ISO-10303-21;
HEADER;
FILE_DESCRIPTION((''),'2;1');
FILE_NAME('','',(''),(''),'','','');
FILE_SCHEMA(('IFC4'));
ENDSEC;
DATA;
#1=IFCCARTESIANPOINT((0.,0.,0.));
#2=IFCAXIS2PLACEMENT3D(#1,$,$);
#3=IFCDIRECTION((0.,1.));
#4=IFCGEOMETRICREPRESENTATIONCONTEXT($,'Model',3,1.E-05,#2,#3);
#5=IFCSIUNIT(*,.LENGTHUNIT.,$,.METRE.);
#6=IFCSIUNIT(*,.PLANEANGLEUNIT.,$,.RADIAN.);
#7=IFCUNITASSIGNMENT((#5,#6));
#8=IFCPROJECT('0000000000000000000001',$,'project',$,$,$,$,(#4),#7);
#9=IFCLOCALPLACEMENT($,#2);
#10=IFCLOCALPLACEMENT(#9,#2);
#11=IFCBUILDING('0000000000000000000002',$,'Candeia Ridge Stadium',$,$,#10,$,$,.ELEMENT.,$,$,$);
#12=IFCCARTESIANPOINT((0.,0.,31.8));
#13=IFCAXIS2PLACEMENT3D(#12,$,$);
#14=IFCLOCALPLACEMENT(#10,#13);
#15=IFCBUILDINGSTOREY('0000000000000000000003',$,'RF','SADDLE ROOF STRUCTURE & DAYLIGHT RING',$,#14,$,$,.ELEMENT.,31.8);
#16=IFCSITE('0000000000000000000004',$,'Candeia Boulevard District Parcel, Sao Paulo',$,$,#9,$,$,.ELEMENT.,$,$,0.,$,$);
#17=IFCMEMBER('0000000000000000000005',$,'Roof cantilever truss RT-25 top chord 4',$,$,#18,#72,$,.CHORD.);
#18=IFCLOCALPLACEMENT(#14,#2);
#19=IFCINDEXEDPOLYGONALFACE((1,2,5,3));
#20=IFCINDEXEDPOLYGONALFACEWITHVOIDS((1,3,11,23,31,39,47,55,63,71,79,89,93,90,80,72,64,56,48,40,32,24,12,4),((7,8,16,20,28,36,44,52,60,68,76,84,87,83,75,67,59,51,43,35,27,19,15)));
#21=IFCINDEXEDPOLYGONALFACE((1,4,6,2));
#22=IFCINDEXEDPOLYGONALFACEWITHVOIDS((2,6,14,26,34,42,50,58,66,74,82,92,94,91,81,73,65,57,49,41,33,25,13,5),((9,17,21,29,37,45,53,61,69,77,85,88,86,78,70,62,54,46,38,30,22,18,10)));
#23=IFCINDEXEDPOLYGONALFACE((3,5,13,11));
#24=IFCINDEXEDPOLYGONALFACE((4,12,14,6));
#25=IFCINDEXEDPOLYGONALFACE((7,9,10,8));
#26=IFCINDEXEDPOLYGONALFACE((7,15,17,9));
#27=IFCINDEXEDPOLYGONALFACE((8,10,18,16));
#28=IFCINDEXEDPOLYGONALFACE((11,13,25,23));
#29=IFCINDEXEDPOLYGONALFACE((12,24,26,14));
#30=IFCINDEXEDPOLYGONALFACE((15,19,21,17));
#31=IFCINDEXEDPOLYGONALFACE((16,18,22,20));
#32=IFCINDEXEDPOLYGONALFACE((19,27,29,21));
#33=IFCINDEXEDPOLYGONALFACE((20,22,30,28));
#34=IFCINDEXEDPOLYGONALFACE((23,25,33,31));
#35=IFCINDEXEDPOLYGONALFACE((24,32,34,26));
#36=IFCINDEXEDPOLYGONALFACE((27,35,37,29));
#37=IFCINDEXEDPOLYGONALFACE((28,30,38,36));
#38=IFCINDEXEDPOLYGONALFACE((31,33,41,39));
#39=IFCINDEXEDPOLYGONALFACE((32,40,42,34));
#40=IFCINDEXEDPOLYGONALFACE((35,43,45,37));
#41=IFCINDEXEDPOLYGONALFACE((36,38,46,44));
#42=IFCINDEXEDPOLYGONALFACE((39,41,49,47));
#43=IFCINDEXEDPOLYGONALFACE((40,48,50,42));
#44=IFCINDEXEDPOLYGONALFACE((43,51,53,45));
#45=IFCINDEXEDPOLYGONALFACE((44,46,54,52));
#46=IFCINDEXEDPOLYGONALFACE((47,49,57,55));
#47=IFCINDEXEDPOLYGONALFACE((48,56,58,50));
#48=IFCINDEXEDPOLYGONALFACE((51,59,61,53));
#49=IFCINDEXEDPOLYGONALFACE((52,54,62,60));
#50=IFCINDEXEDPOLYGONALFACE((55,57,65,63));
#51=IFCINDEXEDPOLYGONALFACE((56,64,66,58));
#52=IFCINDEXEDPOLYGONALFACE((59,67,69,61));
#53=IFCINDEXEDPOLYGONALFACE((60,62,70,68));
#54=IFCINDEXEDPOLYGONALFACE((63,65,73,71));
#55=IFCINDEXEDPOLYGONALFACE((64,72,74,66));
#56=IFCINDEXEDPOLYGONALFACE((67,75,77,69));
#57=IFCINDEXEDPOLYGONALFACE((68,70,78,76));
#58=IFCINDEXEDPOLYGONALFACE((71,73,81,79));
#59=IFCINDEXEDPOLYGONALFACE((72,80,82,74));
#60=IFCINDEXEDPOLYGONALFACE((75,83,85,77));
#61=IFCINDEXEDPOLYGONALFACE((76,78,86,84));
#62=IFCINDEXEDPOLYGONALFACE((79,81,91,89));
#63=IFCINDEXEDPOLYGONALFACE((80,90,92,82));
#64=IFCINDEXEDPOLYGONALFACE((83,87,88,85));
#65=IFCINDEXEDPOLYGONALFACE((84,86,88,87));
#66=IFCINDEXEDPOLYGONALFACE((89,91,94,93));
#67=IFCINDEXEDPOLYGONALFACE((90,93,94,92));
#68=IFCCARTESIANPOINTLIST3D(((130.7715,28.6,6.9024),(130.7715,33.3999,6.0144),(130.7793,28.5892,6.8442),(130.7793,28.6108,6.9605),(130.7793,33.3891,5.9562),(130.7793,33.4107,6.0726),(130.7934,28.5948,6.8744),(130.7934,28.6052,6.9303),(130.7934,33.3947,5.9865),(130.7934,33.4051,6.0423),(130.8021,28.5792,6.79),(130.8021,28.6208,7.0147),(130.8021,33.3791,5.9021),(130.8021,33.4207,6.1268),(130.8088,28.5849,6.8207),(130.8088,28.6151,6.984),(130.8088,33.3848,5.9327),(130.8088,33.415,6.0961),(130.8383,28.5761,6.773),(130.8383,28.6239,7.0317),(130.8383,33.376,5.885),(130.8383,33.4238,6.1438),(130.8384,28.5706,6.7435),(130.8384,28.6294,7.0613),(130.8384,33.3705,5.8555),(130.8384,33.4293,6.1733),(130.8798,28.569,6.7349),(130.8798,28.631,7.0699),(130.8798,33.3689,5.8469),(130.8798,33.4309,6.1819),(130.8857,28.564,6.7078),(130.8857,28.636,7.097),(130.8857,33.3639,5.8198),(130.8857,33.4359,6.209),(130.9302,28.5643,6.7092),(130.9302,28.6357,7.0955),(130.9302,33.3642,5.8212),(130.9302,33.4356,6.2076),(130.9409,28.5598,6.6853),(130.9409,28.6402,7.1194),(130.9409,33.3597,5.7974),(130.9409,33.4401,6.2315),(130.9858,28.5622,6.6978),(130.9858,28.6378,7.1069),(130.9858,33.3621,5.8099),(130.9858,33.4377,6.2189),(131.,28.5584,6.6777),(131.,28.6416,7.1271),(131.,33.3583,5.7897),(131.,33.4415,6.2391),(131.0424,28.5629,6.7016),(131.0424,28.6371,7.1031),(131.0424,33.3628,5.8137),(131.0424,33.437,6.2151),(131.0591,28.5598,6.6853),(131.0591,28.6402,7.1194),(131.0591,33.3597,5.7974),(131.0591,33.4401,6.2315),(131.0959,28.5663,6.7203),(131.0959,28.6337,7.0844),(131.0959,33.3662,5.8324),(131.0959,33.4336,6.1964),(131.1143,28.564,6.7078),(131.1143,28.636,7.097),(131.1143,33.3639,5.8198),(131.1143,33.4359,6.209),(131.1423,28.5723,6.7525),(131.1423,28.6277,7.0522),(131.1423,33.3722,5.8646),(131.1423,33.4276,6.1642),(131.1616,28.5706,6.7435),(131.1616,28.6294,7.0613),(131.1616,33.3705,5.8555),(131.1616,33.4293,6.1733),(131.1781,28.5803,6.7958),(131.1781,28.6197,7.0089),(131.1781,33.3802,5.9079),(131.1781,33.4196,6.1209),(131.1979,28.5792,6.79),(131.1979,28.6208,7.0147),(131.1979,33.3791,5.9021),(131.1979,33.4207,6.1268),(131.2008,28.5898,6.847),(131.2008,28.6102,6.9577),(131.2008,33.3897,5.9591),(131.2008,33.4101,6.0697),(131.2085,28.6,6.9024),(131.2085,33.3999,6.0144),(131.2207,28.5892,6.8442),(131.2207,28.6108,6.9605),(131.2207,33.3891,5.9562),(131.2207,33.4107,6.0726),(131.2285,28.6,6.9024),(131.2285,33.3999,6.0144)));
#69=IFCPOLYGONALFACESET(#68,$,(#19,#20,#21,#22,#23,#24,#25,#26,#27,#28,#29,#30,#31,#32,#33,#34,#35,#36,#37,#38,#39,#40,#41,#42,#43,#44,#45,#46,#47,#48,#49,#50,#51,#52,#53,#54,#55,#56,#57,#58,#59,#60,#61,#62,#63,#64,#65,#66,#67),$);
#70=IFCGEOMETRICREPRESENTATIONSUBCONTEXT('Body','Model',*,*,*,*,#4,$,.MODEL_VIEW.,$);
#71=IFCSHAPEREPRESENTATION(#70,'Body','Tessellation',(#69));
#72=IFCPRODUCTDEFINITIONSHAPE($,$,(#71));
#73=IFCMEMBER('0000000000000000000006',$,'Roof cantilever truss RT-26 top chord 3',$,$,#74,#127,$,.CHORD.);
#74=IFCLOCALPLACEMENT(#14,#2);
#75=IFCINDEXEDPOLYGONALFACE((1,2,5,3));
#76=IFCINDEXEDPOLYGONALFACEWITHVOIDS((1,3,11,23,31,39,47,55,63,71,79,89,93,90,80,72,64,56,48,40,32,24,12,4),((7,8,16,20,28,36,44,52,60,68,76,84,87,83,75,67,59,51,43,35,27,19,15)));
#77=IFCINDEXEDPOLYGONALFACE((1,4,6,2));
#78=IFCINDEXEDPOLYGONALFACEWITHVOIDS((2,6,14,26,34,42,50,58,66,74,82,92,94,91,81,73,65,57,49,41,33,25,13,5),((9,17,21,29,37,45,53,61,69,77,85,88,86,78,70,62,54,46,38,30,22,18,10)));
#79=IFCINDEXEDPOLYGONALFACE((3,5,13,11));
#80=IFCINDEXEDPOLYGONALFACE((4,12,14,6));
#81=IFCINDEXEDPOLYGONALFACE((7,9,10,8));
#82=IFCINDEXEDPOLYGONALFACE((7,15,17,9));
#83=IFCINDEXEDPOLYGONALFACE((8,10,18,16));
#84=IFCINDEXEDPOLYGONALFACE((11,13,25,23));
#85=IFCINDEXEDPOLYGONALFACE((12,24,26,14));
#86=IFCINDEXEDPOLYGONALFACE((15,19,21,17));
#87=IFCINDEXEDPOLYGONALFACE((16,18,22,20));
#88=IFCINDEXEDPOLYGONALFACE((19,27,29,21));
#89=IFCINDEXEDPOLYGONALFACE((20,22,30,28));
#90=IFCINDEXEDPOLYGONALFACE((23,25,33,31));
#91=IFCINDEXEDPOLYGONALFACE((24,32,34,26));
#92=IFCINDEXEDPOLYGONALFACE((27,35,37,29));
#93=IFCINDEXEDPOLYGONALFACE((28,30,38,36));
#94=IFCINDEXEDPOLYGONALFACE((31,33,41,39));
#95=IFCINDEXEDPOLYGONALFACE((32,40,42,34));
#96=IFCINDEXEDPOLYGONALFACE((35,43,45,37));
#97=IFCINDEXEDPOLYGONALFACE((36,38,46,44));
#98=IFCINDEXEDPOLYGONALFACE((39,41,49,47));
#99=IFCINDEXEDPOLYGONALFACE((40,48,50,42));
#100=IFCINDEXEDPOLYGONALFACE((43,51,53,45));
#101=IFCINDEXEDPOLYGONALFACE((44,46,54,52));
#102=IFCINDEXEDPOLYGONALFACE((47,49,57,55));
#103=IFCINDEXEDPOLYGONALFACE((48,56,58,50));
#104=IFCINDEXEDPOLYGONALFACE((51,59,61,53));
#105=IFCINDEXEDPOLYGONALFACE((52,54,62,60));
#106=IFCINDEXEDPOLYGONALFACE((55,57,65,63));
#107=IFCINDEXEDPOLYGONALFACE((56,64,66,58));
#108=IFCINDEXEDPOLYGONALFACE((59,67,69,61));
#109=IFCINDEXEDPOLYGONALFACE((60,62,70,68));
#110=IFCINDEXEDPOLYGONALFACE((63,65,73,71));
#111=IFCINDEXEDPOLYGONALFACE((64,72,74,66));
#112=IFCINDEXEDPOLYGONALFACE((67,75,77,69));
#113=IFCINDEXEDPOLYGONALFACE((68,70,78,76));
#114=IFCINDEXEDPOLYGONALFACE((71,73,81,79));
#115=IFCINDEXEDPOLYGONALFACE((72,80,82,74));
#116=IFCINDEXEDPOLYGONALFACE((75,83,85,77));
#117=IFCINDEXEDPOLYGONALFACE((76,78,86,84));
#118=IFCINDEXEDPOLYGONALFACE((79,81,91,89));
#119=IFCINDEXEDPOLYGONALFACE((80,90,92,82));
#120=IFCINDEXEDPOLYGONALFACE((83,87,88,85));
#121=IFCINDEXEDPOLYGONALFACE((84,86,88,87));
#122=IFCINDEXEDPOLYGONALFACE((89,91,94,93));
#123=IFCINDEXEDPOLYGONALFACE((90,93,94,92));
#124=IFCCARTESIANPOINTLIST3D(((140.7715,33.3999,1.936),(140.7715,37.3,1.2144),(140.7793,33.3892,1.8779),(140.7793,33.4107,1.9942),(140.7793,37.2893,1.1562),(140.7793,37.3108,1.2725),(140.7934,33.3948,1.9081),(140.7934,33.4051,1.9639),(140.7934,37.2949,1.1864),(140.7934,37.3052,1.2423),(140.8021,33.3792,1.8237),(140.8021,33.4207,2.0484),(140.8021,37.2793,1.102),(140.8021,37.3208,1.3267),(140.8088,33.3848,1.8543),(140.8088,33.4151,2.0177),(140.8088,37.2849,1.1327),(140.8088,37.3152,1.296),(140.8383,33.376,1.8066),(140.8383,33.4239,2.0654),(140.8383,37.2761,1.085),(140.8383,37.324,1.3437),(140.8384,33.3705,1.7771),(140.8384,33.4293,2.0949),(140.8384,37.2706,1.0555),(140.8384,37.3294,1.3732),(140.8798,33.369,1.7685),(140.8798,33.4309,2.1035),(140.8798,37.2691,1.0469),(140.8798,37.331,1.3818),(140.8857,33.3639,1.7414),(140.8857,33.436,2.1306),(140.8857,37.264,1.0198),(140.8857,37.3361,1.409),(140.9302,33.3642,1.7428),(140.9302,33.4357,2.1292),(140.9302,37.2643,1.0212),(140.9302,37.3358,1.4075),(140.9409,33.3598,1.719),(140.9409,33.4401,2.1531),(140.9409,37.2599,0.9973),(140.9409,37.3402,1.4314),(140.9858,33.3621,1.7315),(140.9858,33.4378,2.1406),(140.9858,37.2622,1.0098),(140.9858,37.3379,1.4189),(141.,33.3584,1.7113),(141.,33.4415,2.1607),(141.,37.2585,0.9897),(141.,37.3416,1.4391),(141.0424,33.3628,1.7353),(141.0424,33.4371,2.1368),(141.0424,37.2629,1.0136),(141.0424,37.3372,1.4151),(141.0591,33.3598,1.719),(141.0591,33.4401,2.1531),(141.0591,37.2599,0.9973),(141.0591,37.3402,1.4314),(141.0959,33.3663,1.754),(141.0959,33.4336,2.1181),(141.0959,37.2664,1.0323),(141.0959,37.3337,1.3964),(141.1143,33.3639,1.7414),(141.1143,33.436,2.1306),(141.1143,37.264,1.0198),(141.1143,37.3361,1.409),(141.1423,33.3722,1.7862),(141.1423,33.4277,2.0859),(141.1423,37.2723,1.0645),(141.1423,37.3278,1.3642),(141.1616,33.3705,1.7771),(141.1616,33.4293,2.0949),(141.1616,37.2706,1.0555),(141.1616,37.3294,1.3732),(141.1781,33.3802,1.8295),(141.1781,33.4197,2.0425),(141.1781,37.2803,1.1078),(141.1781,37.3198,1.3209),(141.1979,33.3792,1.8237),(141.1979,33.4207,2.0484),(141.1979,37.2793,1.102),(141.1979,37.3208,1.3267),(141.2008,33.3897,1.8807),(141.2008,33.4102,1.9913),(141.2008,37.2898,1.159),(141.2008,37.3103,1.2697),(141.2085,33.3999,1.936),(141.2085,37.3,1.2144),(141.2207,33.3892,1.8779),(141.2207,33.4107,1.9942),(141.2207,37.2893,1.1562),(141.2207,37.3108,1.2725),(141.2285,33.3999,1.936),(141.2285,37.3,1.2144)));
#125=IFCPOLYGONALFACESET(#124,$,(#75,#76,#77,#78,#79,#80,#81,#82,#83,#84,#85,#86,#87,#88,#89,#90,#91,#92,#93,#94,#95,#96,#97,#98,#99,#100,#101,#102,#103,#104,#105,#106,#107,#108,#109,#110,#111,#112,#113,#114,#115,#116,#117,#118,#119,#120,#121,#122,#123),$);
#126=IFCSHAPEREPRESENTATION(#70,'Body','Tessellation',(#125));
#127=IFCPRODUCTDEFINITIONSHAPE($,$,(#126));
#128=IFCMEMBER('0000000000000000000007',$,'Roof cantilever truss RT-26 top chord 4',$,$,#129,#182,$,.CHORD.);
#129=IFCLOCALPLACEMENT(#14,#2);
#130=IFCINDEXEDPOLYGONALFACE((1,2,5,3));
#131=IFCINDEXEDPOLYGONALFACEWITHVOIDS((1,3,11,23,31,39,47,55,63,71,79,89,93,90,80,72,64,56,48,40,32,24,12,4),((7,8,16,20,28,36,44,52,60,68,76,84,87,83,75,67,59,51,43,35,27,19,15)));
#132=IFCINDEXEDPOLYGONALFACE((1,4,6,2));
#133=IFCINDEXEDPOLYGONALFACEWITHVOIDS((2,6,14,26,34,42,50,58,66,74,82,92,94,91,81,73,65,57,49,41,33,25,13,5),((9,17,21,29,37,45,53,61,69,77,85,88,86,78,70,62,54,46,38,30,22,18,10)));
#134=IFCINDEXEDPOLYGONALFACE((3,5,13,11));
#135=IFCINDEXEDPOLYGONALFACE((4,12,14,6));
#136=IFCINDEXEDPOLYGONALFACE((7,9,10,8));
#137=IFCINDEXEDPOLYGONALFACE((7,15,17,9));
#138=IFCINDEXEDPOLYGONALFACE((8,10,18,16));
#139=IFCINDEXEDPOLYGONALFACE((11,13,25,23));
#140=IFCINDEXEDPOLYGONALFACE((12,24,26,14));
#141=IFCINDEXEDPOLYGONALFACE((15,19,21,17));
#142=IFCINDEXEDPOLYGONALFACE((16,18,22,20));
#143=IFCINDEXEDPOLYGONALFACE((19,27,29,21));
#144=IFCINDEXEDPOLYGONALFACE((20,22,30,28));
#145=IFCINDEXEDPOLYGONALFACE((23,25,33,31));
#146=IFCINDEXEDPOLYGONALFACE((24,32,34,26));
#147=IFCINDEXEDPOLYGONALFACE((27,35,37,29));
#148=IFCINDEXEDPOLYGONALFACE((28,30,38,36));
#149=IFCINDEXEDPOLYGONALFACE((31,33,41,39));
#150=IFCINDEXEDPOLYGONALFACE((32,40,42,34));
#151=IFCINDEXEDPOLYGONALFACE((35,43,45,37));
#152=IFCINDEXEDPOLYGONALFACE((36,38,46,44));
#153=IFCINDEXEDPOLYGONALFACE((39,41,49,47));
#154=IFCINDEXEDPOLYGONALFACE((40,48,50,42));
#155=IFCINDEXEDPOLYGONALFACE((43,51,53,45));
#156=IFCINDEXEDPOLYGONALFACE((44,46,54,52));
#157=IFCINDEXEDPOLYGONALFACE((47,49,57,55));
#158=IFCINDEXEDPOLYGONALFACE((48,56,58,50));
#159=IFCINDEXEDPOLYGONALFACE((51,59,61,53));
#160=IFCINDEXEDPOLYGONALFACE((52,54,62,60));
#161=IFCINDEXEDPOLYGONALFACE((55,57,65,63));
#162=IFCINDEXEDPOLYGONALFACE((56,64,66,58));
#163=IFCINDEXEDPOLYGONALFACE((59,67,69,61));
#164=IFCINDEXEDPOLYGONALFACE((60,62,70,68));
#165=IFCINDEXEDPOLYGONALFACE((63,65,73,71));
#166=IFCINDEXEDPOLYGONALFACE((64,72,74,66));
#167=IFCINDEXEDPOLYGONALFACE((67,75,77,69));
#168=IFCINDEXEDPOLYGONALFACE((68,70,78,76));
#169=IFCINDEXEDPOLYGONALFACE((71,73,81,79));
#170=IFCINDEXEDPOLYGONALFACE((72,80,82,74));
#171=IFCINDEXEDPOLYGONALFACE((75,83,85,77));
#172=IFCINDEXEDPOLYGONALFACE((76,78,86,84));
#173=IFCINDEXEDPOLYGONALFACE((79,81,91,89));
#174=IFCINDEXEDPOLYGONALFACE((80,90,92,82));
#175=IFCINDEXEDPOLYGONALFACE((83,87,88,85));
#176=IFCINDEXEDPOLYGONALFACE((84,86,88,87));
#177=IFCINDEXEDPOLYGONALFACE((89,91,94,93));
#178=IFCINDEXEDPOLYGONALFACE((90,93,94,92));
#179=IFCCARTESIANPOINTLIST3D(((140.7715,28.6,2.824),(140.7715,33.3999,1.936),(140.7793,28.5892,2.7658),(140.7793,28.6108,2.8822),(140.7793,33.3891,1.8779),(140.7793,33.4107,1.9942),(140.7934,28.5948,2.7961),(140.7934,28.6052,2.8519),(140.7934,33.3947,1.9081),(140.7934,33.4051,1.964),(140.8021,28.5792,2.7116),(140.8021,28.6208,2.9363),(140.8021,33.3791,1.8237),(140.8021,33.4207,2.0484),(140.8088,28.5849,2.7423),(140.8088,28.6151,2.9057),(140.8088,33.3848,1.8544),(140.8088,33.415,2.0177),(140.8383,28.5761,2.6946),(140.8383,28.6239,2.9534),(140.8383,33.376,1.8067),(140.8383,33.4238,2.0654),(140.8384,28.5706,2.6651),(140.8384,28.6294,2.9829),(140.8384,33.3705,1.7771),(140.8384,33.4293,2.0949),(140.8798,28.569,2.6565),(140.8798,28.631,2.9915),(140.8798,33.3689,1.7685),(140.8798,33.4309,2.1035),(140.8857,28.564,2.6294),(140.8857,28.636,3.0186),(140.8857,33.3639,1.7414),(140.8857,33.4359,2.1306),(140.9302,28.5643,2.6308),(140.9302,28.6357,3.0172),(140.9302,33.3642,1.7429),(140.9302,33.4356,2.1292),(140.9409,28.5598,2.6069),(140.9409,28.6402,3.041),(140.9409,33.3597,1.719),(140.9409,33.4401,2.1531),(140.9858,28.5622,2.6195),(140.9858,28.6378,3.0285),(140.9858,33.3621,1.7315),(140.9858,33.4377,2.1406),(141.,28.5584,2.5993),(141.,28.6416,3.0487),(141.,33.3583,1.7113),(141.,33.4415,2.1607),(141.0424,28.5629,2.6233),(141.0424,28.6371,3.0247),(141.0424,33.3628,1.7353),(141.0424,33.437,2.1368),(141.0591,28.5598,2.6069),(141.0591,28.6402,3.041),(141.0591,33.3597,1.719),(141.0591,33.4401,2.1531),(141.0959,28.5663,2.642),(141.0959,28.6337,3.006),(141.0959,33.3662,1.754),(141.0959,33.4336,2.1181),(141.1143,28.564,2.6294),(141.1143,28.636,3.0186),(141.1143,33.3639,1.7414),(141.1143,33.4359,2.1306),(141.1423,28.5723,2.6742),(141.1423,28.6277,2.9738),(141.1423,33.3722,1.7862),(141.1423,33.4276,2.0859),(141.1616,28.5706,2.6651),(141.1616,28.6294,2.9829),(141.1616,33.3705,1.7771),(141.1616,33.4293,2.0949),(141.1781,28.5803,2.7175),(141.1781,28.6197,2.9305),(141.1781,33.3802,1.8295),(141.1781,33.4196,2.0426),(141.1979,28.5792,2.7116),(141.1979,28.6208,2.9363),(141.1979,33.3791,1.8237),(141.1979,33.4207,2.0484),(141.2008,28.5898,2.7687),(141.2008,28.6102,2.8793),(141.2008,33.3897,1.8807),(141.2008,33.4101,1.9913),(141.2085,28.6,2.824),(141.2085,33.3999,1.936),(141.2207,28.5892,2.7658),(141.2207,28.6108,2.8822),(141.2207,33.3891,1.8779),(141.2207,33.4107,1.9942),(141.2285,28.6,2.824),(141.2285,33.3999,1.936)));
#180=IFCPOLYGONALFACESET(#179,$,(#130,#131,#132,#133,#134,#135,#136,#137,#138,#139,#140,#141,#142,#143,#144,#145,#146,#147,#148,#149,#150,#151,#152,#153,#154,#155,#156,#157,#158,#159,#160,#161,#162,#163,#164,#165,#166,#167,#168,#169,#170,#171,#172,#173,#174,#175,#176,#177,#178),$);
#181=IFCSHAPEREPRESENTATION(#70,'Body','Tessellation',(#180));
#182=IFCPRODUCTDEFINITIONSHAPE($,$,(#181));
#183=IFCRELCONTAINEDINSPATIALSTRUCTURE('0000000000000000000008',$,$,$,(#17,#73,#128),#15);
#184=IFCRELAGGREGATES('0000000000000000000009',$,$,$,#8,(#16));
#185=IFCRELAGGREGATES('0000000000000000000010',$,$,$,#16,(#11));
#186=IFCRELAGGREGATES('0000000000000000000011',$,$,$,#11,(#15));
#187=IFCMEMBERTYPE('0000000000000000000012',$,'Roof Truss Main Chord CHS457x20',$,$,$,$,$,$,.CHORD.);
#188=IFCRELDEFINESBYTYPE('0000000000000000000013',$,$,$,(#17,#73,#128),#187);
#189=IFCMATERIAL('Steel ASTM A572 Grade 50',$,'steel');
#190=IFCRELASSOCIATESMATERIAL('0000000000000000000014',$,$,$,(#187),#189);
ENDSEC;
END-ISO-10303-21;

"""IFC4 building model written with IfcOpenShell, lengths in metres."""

from ifc_helpers import new_model, si_unit, direction, frame, origin, origin_2d, place, context, subcontext, project, spatial, hollow_circle, extrude, material, material_profile, profile_set, type_object, element, save


model = new_model("IFC4")

# Units and contexts
model_context = context("Model", 3, precision=1e-05, world=origin(), true_north=direction((0.0, 1.0)))
body_context = subcontext(model_context, "Body", "Model", "MODEL_VIEW")
ifc_project = project(units=[si_unit("LENGTHUNIT", "METRE"), si_unit("PLANEANGLEUNIT", "RADIAN")], contexts=[model_context])

# Site, building, storey
site_placement = place(None, origin())
site = spatial("IfcSite", under=ifc_project, at=site_placement, Name="Candeia Boulevard District Parcel, Sao Paulo", CompositionType="ELEMENT", RefElevation=0.0)
building_placement = place(site_placement, origin())
building = spatial("IfcBuilding", under=site, at=building_placement, Name="Candeia Ridge Stadium", CompositionType="ELEMENT")
storey_placement = place(building_placement, frame((0.0, 0.0, 31.8)))
storey = spatial("IfcBuildingStorey", under=building, at=storey_placement, Name="RF", Description="SADDLE ROOF STRUCTURE & DAYLIGHT RING", CompositionType="ELEMENT", Elevation=31.8)

# Shared definitions
ifc_material_1 = material(Name="Steel ASTM A572 Grade 50", Category="steel")

# Members
ifc_material_profile_1 = material_profile(ifc_material_1, hollow_circle(Radius=0.2285, WallThickness=0.02, at=origin_2d()), Name="CHS457x20", Category="steel")
ifc_profile_set_1 = profile_set([ifc_material_profile_1], Name="Steel ASTM A572 Grade 50")
member_type_1 = type_object("IfcMemberType", Name="Roof Truss Main Chord CHS457x20", PredefinedType="CHORD", material=ifc_profile_set_1)
member_1_placement = place(storey_placement, frame((131.0, 33.3999, 6.0144), z_axis=(0.0, -0.983315, 0.181908), x_axis=(1.0, 0.0, 0.0)))
element("IfcMember", 1, at=member_1_placement, inside=storey, type_object=member_type_1, Name="Roof cantilever truss RT-25 top chord 4", PredefinedType="CHORD", context=body_context, shape_type="SweptSolid", body=[
    extrude(hollow_circle(Radius=0.2285, WallThickness=0.02, at=origin_2d()), origin(), (0.0, 0.0, 1.0), 4.8813),
])
member_2_placement = place(storey_placement, frame((141.0, 37.3, 1.2144), z_axis=(0.0, -0.983308, 0.18195), x_axis=(1.0, 0.0, 0.0)))
element("IfcMember", 2, at=member_2_placement, inside=storey, type_object=member_type_1, Name="Roof cantilever truss RT-26 top chord 3", PredefinedType="CHORD", context=body_context, shape_type="SweptSolid", body=[
    extrude(hollow_circle(Radius=0.2285, WallThickness=0.02, at=origin_2d()), origin(), (0.0, 0.0, 1.0), 3.9663),
])
member_3_placement = place(storey_placement, frame((141.0, 33.3999, 1.936), z_axis=(0.0, -0.983315, 0.181908), x_axis=(1.0, 0.0, 0.0)))
element("IfcMember", 3, at=member_3_placement, inside=storey, type_object=member_type_1, Name="Roof cantilever truss RT-26 top chord 4", PredefinedType="CHORD", context=body_context, shape_type="SweptSolid", body=[
    extrude(hollow_circle(Radius=0.2285, WallThickness=0.02, at=origin_2d()), origin(), (0.0, 0.0, 1.0), 4.8813),
])

save(model, "model.ifc")
